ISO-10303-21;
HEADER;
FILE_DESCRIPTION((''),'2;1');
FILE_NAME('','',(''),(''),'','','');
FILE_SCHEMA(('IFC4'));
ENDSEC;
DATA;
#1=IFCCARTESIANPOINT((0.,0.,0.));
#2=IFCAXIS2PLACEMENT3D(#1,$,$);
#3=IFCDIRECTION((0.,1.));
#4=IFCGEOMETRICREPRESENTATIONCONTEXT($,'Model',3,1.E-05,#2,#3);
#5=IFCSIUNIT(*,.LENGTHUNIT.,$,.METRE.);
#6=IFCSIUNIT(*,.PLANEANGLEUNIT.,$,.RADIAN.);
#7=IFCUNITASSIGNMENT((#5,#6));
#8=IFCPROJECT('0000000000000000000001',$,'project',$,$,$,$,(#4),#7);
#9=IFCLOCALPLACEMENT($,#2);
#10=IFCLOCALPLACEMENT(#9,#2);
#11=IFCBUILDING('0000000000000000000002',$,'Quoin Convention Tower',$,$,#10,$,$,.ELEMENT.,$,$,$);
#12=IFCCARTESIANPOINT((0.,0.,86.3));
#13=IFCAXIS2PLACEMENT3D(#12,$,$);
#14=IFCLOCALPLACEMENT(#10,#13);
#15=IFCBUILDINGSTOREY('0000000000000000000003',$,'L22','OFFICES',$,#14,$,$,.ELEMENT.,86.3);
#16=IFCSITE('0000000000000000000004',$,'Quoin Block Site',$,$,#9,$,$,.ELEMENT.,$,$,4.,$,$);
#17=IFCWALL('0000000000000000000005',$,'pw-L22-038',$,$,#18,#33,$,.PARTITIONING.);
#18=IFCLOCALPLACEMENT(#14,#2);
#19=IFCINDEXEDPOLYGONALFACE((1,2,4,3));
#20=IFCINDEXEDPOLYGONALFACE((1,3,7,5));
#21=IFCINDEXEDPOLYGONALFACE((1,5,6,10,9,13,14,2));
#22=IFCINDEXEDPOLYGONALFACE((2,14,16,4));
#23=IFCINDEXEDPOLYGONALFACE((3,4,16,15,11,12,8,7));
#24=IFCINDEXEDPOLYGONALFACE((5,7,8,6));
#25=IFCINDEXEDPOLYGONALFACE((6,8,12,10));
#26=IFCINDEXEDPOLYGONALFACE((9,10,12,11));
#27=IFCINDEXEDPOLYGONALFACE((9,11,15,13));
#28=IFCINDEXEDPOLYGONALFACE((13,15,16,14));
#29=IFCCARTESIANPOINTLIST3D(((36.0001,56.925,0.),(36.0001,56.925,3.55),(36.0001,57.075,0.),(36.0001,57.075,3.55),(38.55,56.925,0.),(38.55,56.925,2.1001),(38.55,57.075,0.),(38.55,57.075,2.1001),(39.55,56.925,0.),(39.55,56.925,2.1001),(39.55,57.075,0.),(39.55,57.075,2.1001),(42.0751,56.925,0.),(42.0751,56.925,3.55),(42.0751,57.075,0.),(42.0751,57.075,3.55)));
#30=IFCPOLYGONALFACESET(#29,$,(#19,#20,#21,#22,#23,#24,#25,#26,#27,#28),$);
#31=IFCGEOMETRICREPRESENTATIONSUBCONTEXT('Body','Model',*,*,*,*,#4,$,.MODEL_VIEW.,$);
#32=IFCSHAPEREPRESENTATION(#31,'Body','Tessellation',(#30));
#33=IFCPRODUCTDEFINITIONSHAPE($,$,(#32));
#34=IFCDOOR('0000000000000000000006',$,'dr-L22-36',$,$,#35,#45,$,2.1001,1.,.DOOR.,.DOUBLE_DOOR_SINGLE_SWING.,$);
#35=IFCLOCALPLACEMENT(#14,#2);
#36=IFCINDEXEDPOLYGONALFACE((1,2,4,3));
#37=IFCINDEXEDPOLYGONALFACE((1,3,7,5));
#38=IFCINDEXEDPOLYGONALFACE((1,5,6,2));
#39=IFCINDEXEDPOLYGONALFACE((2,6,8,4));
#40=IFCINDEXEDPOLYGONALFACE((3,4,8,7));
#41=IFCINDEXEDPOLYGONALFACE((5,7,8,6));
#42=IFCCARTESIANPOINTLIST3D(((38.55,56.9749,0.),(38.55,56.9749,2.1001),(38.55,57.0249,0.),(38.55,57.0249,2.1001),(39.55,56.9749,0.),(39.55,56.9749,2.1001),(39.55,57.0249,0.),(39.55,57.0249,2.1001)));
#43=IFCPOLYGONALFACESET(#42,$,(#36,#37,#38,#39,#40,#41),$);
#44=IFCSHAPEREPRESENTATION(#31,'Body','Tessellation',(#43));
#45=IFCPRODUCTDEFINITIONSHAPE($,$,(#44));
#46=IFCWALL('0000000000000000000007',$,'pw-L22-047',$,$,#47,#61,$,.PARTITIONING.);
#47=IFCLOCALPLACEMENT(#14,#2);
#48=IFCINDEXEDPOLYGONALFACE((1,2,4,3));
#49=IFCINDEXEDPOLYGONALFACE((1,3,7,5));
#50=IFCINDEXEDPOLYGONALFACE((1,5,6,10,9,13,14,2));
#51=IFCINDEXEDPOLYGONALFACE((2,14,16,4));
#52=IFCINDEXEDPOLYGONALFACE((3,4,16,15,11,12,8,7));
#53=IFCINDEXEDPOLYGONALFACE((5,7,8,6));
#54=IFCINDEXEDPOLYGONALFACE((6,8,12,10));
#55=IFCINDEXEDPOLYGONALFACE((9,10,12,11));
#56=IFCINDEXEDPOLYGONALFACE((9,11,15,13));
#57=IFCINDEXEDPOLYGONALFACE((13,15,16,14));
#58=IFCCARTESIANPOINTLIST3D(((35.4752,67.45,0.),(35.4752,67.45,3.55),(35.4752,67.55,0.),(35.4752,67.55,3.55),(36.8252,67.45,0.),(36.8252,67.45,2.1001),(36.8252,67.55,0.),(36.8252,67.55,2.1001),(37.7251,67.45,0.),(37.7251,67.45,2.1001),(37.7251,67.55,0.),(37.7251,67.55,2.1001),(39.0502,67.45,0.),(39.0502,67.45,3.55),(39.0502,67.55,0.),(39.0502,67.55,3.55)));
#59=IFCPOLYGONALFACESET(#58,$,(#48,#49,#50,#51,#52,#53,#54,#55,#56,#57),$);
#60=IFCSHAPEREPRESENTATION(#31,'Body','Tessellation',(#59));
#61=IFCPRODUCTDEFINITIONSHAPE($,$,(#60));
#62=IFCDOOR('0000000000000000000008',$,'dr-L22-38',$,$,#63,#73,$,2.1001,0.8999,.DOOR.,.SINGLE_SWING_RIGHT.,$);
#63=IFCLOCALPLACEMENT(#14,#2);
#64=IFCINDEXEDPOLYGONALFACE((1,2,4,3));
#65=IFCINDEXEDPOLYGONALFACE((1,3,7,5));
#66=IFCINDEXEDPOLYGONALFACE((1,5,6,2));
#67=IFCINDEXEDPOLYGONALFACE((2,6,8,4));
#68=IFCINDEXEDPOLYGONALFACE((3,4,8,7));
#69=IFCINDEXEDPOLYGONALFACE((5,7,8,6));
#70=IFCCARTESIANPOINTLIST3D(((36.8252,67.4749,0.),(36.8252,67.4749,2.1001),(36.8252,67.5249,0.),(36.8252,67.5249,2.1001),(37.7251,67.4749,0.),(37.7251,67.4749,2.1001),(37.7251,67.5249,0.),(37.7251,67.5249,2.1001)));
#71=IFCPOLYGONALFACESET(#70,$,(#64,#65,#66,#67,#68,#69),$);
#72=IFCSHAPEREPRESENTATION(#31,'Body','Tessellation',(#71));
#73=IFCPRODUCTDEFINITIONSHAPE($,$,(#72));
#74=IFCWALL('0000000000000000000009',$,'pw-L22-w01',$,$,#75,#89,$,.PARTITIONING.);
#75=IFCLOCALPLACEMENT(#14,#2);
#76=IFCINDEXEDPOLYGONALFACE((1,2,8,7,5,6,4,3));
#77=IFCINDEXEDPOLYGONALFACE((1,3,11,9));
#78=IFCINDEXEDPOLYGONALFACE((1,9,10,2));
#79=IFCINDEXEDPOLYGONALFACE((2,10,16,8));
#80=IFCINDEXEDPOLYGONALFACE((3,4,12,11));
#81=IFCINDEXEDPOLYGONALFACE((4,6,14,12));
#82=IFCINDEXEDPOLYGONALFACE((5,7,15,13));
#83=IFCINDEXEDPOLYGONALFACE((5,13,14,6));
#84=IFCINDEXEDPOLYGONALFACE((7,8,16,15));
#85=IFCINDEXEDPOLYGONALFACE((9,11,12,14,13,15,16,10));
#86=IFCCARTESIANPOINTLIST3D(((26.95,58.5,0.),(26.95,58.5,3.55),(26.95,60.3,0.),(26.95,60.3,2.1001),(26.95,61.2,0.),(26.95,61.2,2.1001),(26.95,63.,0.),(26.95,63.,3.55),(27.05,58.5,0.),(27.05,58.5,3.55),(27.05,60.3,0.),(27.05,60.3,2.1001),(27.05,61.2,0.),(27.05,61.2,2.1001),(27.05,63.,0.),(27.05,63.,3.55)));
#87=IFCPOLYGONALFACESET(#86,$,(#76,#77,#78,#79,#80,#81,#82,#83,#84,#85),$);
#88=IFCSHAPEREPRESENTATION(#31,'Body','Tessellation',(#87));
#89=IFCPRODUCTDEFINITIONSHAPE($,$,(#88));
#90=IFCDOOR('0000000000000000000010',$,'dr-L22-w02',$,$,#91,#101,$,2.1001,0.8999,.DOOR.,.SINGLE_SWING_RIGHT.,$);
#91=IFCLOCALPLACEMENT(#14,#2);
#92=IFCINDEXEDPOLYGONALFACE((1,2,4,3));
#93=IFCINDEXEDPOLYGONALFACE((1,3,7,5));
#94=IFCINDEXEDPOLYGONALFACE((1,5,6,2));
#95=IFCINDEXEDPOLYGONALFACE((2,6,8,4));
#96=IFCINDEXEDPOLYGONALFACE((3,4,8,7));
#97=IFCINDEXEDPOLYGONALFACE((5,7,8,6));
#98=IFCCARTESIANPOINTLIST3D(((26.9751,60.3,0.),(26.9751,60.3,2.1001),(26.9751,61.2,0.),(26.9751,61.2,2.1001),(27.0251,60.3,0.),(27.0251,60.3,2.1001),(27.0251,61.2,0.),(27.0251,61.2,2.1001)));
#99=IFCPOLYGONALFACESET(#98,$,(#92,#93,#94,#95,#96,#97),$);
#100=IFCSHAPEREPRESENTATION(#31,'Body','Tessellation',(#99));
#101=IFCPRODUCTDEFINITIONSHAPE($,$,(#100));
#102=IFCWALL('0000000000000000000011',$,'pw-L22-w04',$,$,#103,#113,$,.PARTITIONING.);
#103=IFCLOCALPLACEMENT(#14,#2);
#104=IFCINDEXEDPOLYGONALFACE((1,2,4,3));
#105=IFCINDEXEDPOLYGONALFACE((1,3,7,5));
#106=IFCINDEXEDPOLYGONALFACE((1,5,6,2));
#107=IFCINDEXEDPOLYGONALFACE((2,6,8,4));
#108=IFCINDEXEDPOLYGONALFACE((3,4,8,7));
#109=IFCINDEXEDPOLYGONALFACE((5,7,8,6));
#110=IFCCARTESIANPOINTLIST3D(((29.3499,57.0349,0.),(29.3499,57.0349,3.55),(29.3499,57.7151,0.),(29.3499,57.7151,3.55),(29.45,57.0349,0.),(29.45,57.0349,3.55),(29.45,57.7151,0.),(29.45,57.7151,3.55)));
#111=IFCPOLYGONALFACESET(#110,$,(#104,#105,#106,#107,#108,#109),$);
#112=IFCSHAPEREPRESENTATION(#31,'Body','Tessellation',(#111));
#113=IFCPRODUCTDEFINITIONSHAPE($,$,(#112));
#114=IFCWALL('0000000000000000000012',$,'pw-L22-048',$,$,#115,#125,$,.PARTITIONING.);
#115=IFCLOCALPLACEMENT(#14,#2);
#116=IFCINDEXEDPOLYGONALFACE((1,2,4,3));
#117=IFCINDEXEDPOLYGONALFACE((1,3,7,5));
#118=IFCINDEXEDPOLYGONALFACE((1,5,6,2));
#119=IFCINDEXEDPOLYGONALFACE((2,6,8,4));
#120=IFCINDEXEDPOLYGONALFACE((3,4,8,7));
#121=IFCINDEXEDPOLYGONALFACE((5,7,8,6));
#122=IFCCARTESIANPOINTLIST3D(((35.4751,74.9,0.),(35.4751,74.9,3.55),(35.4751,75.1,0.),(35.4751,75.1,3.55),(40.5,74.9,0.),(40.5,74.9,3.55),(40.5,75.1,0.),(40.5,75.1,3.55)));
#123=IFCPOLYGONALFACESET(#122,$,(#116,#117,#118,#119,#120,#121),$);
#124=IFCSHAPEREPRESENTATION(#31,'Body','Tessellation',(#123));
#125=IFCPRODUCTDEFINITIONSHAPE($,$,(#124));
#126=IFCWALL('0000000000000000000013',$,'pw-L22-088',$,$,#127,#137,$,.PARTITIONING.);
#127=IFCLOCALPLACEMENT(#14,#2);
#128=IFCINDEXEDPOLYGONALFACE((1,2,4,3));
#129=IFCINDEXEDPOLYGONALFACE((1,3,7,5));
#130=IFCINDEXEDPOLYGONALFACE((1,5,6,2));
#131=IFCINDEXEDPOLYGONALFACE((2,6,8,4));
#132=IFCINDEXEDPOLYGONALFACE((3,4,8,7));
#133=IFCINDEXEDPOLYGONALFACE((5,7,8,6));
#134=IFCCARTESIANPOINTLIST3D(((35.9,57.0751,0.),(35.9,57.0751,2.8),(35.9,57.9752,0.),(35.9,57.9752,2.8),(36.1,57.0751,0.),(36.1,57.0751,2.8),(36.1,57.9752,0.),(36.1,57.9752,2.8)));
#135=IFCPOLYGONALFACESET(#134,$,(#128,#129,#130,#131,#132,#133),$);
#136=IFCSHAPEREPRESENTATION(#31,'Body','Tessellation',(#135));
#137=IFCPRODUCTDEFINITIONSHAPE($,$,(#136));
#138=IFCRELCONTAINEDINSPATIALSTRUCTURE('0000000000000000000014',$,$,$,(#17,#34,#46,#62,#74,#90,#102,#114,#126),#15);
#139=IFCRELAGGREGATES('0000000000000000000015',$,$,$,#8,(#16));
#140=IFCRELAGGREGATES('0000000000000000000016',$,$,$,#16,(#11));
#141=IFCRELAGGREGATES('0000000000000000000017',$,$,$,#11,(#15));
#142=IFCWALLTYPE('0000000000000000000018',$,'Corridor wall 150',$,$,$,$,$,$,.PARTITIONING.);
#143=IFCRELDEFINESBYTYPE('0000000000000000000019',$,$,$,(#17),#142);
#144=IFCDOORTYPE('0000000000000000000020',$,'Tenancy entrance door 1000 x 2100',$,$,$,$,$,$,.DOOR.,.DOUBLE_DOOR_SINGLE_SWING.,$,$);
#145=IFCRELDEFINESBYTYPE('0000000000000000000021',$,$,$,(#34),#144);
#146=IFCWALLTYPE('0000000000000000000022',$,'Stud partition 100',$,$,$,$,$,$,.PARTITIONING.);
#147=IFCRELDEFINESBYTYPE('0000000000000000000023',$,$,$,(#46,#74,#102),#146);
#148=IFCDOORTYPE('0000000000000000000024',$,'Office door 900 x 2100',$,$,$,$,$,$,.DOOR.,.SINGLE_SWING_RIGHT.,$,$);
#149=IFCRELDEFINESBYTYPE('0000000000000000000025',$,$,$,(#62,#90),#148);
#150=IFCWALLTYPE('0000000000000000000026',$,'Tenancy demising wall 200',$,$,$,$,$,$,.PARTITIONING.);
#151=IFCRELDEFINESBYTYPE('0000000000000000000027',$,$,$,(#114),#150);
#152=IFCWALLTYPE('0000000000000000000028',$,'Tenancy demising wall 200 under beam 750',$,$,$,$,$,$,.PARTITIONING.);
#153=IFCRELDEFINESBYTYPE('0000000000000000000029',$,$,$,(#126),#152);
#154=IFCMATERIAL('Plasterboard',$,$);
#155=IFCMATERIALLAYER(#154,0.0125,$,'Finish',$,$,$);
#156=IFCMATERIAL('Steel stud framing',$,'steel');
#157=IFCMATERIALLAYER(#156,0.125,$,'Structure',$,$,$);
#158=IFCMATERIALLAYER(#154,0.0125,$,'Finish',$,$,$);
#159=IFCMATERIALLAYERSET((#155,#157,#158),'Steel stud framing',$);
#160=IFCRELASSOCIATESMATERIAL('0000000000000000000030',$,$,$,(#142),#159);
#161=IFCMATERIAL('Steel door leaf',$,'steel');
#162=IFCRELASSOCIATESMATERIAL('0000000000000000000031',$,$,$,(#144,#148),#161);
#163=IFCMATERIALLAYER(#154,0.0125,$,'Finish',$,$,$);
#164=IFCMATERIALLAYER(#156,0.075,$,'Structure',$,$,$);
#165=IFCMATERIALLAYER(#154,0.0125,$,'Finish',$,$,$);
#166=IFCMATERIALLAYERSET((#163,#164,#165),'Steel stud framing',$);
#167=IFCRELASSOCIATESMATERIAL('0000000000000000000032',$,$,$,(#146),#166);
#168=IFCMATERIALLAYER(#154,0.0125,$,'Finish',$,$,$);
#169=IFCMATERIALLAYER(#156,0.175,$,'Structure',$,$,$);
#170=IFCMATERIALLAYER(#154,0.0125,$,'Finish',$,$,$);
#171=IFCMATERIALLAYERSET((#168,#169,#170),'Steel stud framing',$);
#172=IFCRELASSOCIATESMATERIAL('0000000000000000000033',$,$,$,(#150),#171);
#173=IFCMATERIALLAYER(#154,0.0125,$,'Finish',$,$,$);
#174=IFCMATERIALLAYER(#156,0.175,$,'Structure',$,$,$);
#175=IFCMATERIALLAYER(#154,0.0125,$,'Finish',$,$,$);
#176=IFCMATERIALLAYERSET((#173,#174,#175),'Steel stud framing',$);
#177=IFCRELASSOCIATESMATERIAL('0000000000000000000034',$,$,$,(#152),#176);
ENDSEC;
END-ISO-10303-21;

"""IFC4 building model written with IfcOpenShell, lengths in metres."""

from ifc_helpers import new_model, si_unit, direction, frame, frame_2d, origin, place, context, subcontext, project, spatial, rectangle, extrude, material, layer, layer_set, type_object, element, fill, save


model = new_model("IFC4")

# Units and contexts
model_context = context("Model", 3, precision=1e-05, world=origin(), true_north=direction((0.0, 1.0)))
body_context = subcontext(model_context, "Body", "Model", "MODEL_VIEW")
ifc_project = project(units=[si_unit("LENGTHUNIT", "METRE"), si_unit("PLANEANGLEUNIT", "RADIAN")], contexts=[model_context])

# Site, building, storey
site_placement = place(None, origin())
site = spatial("IfcSite", under=ifc_project, at=site_placement, Name="Quoin Block Site", CompositionType="ELEMENT", RefElevation=4.0)
building_placement = place(site_placement, origin())
building = spatial("IfcBuilding", under=site, at=building_placement, Name="Quoin Convention Tower", CompositionType="ELEMENT")
storey_placement = place(building_placement, frame((0.0, 0.0, 86.3)))
storey = spatial("IfcBuildingStorey", under=building, at=storey_placement, Name="L22", Description="OFFICES", CompositionType="ELEMENT", Elevation=86.3)

# Walls, openings, doors
ifc_material_1 = material(Name="Plasterboard")
ifc_layer_1 = layer(ifc_material_1, 0.0125, Name="Finish")
ifc_material_2 = material(Name="Steel stud framing", Category="steel")
ifc_layer_2 = layer(ifc_material_2, 0.125, Name="Structure")
ifc_layer_3 = layer(ifc_material_1, 0.0125, Name="Finish")
ifc_layer_set_1 = layer_set([ifc_layer_1, ifc_layer_2, ifc_layer_3], Name="Steel stud framing")
wall_type_1 = type_object("IfcWallType", Name="Corridor wall 150", PredefinedType="PARTITIONING", material=ifc_layer_set_1)
ifc_material_3 = material(Name="Steel door leaf", Category="steel")
door_type_1 = type_object("IfcDoorType", Name="Tenancy entrance door 1000 x 2100", OperationType="DOUBLE_DOOR_SINGLE_SWING", PredefinedType="DOOR", material=ifc_material_3)
wall_1_placement = place(storey_placement, frame((36.0, 57.0, 0.0), z_axis=(0.0, 0.0, 1.0), x_axis=(1.0, 0.0, 0.0)))
wall_1 = element("IfcWall", 1, at=wall_1_placement, inside=storey, type_object=wall_type_1, Name="pw-L22-038", PredefinedType="PARTITIONING", context=body_context, shape_type="SweptSolid", body=[
    extrude(rectangle(XDim=6.075, YDim=0.1499, at=frame_2d((3.0376, 0.0))), origin(), (0.0, 0.0, 1.0), 3.55),
])
opening_1_placement = place(wall_1_placement, frame((2.55, 0.0, 0.0)))
opening_1 = element("IfcOpeningElement", 2, at=opening_1_placement, cuts=wall_1, PredefinedType="OPENING", context=body_context, shape_type="SweptSolid", body=[
    extrude(rectangle(XDim=1.0, YDim=2.1001, at=frame_2d((0.5, 1.05))), frame((0.0, 0.085, 0.0), z_axis=(0.0, -1.0, 0.0), x_axis=(1.0, 0.0, 0.0)), (0.0, 0.0, 1.0), 0.1699),
])
door_1_placement = place(opening_1_placement, origin())
door_1 = element("IfcDoor", 3, at=door_1_placement, inside=storey, type_object=door_type_1, Name="dr-L22-36", OperationType="DOUBLE_DOOR_SINGLE_SWING", OverallHeight=2.1001, OverallWidth=1.0, PredefinedType="DOOR", context=body_context, shape_type="SweptSolid", body=[
    extrude(rectangle(XDim=1.0, YDim=2.1001, at=frame_2d((0.5, 1.05))), frame((0.0, 0.0249, 0.0), z_axis=(0.0, -1.0, 0.0), x_axis=(1.0, 0.0, 0.0)), (0.0, 0.0, 1.0), 0.05),
])
fill(opening_1, door_1)
ifc_layer_4 = layer(ifc_material_1, 0.0125, Name="Finish")
ifc_layer_5 = layer(ifc_material_2, 0.075, Name="Structure")
ifc_layer_6 = layer(ifc_material_1, 0.0125, Name="Finish")
ifc_layer_set_2 = layer_set([ifc_layer_4, ifc_layer_5, ifc_layer_6], Name="Steel stud framing")
wall_type_2 = type_object("IfcWallType", Name="Stud partition 100", PredefinedType="PARTITIONING", material=ifc_layer_set_2)
wall_2_placement = place(storey_placement, frame((35.4751, 67.5, 0.0), z_axis=(0.0, 0.0, 1.0), x_axis=(1.0, 0.0, 0.0)))
wall_2 = element("IfcWall", 4, at=wall_2_placement, inside=storey, type_object=wall_type_2, Name="pw-L22-047", PredefinedType="PARTITIONING", context=body_context, shape_type="SweptSolid", body=[
    extrude(rectangle(XDim=3.575, YDim=0.1001, at=frame_2d((1.7876, 0.0))), origin(), (0.0, 0.0, 1.0), 3.55),
])
opening_2_placement = place(wall_2_placement, frame((1.3501, 0.0, 0.0)))
opening_2 = element("IfcOpeningElement", 5, at=opening_2_placement, cuts=wall_2, PredefinedType="OPENING", context=body_context, shape_type="SweptSolid", body=[
    extrude(rectangle(XDim=0.8999, YDim=2.1001, at=frame_2d((0.45, 1.05))), frame((0.0, 0.0601, 0.0), z_axis=(0.0, -1.0, 0.0), x_axis=(1.0, 0.0, 0.0)), (0.0, 0.0, 1.0), 0.1201),
])
door_type_2 = type_object("IfcDoorType", Name="Office door 900 x 2100", OperationType="SINGLE_SWING_RIGHT", PredefinedType="DOOR", material=ifc_material_3)
door_2_placement = place(opening_2_placement, origin())
door_2 = element("IfcDoor", 6, at=door_2_placement, inside=storey, type_object=door_type_2, Name="dr-L22-38", OperationType="SINGLE_SWING_RIGHT", OverallHeight=2.1001, OverallWidth=0.8999, PredefinedType="DOOR", context=body_context, shape_type="SweptSolid", body=[
    extrude(rectangle(XDim=0.8999, YDim=2.1001, at=frame_2d((0.45, 1.05))), frame((0.0, 0.0249, 0.0), z_axis=(0.0, -1.0, 0.0), x_axis=(1.0, 0.0, 0.0)), (0.0, 0.0, 1.0), 0.05),
])
fill(opening_2, door_2)
wall_3_placement = place(storey_placement, frame((27.0, 63.0, 0.0), z_axis=(0.0, 0.0, 1.0), x_axis=(0.0, -1.0, 0.0)))
wall_3 = element("IfcWall", 7, at=wall_3_placement, inside=storey, type_object=wall_type_2, Name="pw-L22-w01", PredefinedType="PARTITIONING", context=body_context, shape_type="SweptSolid", body=[
    extrude(rectangle(XDim=4.5, YDim=0.1001, at=frame_2d((2.25, 0.0))), origin(), (0.0, 0.0, 1.0), 3.55),
])
opening_3_placement = place(wall_3_placement, frame((1.8, 0.0, 0.0)))
opening_3 = element("IfcOpeningElement", 8, at=opening_3_placement, cuts=wall_3, PredefinedType="OPENING", context=body_context, shape_type="SweptSolid", body=[
    extrude(rectangle(XDim=0.8999, YDim=2.1001, at=frame_2d((0.45, 1.05))), frame((0.0, 0.0601, 0.0), z_axis=(0.0, -1.0, 0.0), x_axis=(1.0, 0.0, 0.0)), (0.0, 0.0, 1.0), 0.1201),
])
door_3_placement = place(opening_3_placement, frame((0.8999, 0.0, 0.0), z_axis=(0.0, 0.0, 1.0), x_axis=(-1.0, 0.0, 0.0)))
door_3 = element("IfcDoor", 9, at=door_3_placement, inside=storey, type_object=door_type_2, Name="dr-L22-w02", OperationType="SINGLE_SWING_RIGHT", OverallHeight=2.1001, OverallWidth=0.8999, PredefinedType="DOOR", context=body_context, shape_type="SweptSolid", body=[
    extrude(rectangle(XDim=0.8999, YDim=2.1001, at=frame_2d((0.45, 1.05))), frame((0.0, 0.0249, 0.0), z_axis=(0.0, -1.0, 0.0), x_axis=(1.0, 0.0, 0.0)), (0.0, 0.0, 1.0), 0.05),
])
fill(opening_3, door_3)

# Walls
wall_4_placement = place(storey_placement, frame((29.3999, 57.7151, 0.0), z_axis=(0.0, 0.0, 1.0), x_axis=(0.0, -1.0, 0.0)))
element("IfcWall", 10, at=wall_4_placement, inside=storey, type_object=wall_type_2, Name="pw-L22-w04", PredefinedType="PARTITIONING", context=body_context, shape_type="SweptSolid", body=[
    extrude(rectangle(XDim=0.6802, YDim=0.1001, at=frame_2d((0.3401, 0.0))), origin(), (0.0, 0.0, 1.0), 3.55),
])
ifc_layer_7 = layer(ifc_material_1, 0.0125, Name="Finish")
ifc_layer_8 = layer(ifc_material_2, 0.175, Name="Structure")
ifc_layer_9 = layer(ifc_material_1, 0.0125, Name="Finish")
ifc_layer_set_3 = layer_set([ifc_layer_7, ifc_layer_8, ifc_layer_9], Name="Steel stud framing")
wall_type_3 = type_object("IfcWallType", Name="Tenancy demising wall 200", PredefinedType="PARTITIONING", material=ifc_layer_set_3)
wall_5_placement = place(storey_placement, frame((35.4751, 75.0, 0.0), z_axis=(0.0, 0.0, 1.0), x_axis=(1.0, 0.0, 0.0)))
element("IfcWall", 11, at=wall_5_placement, inside=storey, type_object=wall_type_3, Name="pw-L22-048", PredefinedType="PARTITIONING", context=body_context, shape_type="SweptSolid", body=[
    extrude(rectangle(XDim=5.0249, YDim=0.2, at=frame_2d((2.5125, 0.0))), origin(), (0.0, 0.0, 1.0), 3.55),
])
ifc_layer_10 = layer(ifc_material_1, 0.0125, Name="Finish")
ifc_layer_11 = layer(ifc_material_2, 0.175, Name="Structure")
ifc_layer_12 = layer(ifc_material_1, 0.0125, Name="Finish")
ifc_layer_set_4 = layer_set([ifc_layer_10, ifc_layer_11, ifc_layer_12], Name="Steel stud framing")
wall_type_4 = type_object("IfcWallType", Name="Tenancy demising wall 200 under beam 750", PredefinedType="PARTITIONING", material=ifc_layer_set_4)
wall_6_placement = place(storey_placement, frame((36.0, 57.075, 0.0), z_axis=(0.0, 0.0, 1.0), x_axis=(0.0, 1.0, 0.0)))
element("IfcWall", 12, at=wall_6_placement, inside=storey, type_object=wall_type_4, Name="pw-L22-088", PredefinedType="PARTITIONING", context=body_context, shape_type="SweptSolid", body=[
    extrude(rectangle(XDim=0.9001, YDim=0.2, at=frame_2d((0.4502, 0.0))), origin(), (0.0, 0.0, 1.0), 2.8),
])

save(model, "model.ifc")
